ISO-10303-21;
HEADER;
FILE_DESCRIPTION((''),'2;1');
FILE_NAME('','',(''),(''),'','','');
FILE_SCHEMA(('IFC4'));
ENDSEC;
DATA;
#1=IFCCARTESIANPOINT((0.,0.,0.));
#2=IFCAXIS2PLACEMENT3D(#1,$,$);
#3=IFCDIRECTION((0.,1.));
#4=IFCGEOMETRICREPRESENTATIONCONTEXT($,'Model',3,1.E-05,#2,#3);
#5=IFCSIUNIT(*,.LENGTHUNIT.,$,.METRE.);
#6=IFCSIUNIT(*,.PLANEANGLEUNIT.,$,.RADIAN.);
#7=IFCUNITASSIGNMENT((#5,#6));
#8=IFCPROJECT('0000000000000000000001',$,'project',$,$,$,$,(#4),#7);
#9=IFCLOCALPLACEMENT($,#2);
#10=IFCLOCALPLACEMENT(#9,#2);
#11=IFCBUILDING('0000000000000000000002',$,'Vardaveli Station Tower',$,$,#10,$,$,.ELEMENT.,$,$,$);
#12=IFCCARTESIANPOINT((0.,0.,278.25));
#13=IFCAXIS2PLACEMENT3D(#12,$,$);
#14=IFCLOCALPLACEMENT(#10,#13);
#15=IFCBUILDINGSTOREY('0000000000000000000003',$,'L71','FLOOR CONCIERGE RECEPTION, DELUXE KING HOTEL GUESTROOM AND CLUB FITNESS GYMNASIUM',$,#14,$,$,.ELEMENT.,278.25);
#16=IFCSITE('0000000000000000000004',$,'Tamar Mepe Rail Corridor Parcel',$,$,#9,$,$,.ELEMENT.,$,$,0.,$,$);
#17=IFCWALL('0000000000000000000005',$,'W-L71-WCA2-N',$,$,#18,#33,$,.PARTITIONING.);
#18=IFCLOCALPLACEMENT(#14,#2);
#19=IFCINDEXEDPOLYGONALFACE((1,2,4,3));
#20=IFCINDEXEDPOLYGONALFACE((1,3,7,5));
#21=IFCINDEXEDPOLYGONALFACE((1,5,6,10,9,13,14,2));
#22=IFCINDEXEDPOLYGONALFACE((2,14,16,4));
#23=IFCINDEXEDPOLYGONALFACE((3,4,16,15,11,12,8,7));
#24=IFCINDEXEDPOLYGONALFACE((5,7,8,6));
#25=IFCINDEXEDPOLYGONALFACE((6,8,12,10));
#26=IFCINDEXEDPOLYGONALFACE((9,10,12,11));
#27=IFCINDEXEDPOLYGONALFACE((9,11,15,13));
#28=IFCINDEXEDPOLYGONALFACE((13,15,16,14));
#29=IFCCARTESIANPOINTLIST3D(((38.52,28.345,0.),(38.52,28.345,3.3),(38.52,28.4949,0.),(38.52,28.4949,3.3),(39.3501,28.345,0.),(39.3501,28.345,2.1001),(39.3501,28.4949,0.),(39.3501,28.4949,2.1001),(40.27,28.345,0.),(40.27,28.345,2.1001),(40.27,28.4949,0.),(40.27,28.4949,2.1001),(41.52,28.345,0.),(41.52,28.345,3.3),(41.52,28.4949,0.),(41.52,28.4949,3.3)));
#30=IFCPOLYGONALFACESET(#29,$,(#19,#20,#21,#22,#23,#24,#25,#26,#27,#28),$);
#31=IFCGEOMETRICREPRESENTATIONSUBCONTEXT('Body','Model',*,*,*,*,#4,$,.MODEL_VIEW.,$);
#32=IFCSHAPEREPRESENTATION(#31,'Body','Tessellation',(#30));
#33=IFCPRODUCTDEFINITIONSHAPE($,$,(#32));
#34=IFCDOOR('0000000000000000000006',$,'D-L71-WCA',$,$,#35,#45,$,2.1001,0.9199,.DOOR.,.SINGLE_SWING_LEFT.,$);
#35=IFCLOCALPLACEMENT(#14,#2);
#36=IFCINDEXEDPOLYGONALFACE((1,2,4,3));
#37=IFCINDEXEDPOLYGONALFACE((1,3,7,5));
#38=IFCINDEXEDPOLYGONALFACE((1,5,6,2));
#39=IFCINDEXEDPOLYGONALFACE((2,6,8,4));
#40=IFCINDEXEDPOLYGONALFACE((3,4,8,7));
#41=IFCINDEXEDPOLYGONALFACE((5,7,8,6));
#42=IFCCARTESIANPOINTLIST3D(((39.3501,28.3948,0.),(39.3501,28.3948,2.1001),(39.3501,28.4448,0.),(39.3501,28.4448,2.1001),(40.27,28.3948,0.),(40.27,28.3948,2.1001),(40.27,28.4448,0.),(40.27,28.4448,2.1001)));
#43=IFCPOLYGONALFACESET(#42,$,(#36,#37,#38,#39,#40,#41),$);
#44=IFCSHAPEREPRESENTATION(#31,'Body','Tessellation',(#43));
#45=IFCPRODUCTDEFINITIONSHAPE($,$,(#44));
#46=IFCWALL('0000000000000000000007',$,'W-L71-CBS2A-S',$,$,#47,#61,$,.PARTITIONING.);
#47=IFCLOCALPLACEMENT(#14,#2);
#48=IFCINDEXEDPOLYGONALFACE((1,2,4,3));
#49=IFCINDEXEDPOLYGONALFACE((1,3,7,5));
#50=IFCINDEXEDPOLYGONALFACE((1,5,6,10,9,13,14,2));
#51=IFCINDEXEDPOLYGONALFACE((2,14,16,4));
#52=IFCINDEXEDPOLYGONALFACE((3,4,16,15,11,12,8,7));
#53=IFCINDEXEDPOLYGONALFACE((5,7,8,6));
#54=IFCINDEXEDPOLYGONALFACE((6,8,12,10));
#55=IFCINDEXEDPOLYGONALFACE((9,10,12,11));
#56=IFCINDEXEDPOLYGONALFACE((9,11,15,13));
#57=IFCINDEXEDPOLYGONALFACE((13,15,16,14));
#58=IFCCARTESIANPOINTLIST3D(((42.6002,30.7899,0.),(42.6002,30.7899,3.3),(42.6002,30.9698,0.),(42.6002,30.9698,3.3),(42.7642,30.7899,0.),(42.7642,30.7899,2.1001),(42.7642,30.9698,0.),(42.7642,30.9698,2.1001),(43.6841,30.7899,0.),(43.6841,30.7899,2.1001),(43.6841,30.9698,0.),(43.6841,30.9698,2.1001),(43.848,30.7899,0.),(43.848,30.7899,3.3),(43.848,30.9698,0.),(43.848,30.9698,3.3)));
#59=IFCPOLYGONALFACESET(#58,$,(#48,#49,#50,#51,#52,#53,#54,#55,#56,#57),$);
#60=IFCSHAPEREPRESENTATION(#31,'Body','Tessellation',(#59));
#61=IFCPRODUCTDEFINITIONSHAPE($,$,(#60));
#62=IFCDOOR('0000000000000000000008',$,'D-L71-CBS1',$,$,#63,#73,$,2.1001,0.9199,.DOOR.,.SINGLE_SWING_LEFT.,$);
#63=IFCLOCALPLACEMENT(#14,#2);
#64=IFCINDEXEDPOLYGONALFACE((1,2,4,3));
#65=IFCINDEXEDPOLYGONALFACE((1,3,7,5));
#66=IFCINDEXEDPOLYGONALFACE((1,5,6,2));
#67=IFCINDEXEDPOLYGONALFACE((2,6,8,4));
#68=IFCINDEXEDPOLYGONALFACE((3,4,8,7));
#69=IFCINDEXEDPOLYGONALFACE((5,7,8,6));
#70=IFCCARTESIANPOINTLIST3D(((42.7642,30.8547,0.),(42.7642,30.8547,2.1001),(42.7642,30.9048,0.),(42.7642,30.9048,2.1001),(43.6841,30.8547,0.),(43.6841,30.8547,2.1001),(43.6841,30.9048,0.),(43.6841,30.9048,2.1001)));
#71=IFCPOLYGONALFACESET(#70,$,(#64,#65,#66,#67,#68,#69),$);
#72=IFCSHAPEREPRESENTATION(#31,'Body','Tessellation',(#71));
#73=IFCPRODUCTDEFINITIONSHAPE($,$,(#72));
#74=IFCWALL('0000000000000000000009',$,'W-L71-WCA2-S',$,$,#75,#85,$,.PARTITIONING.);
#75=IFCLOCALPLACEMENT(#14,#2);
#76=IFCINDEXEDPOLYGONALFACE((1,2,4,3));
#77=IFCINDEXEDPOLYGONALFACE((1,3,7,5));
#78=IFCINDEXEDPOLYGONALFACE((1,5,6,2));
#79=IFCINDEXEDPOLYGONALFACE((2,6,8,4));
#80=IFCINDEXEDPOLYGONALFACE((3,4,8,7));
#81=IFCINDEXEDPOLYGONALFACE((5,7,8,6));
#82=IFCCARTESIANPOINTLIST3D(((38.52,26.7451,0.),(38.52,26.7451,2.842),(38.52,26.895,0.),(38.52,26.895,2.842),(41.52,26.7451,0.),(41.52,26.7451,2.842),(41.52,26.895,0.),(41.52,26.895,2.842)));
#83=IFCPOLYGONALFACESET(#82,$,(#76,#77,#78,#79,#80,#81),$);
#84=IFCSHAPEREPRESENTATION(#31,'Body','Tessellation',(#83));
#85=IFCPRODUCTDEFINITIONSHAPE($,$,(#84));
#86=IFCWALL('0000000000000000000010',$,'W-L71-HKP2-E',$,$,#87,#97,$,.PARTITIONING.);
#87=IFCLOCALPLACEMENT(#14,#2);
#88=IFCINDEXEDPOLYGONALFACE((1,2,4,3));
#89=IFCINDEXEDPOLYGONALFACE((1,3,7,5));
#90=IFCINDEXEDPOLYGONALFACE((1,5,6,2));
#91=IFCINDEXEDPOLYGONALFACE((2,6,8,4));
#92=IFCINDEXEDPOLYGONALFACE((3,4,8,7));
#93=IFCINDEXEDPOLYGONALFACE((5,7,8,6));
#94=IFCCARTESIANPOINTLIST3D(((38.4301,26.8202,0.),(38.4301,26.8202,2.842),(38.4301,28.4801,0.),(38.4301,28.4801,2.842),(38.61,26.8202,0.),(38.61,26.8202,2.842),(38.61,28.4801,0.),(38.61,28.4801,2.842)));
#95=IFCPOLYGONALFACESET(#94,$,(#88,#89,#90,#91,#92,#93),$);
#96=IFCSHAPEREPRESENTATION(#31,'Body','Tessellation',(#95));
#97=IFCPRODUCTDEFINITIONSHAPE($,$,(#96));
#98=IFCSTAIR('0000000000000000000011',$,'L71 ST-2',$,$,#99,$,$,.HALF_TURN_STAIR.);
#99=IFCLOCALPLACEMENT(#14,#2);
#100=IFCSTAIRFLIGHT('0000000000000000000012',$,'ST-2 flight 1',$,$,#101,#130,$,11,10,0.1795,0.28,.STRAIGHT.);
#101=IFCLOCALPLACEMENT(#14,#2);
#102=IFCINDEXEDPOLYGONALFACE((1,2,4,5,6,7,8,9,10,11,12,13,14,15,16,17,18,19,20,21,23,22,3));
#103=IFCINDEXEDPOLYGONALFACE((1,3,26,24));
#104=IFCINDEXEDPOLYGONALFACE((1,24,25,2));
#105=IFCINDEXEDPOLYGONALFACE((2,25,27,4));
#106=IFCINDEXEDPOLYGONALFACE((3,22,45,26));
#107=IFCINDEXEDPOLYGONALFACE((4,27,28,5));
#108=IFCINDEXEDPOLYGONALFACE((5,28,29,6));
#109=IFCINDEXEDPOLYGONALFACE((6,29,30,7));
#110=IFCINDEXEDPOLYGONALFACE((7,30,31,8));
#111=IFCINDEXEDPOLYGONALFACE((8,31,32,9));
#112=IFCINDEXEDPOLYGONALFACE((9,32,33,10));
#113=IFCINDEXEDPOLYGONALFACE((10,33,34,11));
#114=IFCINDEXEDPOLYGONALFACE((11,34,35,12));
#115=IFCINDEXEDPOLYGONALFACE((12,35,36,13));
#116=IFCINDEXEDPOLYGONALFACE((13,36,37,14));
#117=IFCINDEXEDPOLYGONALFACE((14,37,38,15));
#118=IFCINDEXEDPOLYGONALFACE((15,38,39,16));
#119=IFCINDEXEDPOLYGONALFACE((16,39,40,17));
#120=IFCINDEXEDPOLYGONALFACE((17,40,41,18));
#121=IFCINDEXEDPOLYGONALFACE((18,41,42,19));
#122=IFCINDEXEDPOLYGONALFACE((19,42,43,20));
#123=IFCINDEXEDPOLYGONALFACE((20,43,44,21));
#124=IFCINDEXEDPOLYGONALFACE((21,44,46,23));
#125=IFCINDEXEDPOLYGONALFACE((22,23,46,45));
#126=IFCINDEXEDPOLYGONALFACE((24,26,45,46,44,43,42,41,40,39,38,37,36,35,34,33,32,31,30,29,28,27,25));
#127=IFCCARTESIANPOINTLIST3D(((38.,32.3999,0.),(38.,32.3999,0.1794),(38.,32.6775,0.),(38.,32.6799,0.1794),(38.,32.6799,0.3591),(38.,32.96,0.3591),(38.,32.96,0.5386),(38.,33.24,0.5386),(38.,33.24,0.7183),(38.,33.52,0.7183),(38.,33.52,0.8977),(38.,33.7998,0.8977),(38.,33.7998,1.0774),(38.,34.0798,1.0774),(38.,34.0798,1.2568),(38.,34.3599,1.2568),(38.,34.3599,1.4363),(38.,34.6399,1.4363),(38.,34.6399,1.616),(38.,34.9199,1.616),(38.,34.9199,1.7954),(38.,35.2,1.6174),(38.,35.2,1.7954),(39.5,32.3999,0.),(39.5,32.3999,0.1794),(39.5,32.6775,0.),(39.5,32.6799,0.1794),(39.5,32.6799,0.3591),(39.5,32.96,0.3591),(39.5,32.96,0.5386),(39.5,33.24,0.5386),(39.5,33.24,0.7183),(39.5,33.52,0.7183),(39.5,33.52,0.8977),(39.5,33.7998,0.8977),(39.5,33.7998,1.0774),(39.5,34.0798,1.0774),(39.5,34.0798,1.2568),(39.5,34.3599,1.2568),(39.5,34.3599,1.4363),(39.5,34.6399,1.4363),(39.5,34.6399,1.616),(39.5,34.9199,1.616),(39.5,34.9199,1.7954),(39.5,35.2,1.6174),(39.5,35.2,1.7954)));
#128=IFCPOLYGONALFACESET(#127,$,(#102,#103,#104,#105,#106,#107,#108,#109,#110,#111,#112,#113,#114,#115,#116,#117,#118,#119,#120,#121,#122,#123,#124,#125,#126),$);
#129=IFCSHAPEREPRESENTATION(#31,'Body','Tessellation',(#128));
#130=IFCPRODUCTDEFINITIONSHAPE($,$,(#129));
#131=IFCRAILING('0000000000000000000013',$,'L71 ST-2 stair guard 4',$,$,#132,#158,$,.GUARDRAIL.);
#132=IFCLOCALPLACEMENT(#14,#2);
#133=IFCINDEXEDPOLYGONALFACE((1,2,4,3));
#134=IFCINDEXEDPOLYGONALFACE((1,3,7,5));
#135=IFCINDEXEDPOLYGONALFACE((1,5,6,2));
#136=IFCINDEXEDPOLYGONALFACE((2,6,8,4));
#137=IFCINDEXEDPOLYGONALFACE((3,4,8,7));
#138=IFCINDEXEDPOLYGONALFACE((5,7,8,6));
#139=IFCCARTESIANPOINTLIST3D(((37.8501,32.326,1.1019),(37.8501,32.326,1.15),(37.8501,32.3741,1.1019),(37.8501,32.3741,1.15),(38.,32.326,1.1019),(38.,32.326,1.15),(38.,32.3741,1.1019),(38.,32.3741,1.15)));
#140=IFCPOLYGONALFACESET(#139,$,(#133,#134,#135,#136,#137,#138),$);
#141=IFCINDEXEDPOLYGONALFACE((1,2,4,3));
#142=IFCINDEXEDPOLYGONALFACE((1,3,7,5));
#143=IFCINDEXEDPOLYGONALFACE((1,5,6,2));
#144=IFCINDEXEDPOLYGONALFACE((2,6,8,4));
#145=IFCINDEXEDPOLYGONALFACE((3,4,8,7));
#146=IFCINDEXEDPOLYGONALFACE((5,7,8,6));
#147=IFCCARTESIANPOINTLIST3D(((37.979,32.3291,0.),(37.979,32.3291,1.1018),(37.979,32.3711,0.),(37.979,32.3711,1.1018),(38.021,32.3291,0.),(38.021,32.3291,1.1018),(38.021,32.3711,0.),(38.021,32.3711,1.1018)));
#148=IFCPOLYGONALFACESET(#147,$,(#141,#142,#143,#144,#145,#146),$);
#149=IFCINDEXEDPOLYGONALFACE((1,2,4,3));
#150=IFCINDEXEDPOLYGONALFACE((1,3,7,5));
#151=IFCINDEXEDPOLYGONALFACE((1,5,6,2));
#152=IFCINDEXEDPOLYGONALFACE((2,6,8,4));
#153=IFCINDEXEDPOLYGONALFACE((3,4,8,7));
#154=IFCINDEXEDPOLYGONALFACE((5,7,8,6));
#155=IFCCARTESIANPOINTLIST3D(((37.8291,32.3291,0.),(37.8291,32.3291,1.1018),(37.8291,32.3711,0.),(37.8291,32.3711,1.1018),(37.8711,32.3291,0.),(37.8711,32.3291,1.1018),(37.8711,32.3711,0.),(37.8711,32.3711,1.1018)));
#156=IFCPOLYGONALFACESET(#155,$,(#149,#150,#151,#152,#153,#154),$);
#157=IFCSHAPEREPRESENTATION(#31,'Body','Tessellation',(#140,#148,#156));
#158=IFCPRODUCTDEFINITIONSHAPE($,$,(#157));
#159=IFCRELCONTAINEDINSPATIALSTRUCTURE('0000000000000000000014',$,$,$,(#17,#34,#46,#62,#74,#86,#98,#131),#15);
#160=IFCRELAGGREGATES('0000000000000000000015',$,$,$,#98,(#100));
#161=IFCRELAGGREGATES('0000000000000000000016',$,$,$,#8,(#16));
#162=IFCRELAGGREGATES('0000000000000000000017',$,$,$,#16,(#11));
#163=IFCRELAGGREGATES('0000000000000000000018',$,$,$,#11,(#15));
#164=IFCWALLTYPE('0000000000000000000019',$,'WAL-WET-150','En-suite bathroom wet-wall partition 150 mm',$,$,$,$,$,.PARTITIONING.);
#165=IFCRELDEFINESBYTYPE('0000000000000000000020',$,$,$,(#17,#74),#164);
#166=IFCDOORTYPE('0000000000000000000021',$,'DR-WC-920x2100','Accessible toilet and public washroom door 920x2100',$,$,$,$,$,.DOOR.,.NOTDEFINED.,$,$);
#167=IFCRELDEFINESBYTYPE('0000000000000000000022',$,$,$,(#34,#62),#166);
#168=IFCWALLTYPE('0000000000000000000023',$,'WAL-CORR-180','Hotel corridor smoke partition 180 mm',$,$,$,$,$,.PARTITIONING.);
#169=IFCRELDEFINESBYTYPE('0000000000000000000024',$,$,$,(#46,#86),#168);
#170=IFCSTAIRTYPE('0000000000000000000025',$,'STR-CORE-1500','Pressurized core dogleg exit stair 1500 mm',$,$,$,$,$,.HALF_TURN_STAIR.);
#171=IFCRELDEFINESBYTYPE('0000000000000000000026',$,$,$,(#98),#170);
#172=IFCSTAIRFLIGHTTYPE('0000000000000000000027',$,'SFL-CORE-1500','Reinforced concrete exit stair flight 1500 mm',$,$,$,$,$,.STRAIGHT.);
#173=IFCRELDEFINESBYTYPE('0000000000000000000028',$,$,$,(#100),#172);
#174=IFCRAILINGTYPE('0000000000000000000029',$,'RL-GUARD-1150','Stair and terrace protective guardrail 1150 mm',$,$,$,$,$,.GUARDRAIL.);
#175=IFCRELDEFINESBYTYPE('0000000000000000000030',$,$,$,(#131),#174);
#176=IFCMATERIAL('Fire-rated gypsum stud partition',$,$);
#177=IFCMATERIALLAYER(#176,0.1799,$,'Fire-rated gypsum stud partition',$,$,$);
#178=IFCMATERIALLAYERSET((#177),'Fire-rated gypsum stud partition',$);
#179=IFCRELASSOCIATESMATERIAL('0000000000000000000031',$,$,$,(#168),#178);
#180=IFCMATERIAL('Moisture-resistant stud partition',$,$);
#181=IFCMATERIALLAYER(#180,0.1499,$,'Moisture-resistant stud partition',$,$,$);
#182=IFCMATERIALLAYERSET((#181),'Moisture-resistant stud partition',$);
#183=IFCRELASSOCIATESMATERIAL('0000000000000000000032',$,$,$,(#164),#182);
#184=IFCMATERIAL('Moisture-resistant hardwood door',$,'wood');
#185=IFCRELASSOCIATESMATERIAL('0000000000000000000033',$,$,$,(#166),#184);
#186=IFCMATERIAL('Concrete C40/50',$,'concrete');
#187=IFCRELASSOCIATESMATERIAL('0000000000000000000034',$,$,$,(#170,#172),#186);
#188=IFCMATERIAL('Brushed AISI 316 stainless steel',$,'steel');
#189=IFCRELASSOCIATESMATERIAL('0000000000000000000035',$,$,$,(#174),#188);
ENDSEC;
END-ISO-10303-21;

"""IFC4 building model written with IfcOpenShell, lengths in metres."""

from ifc_helpers import new_model, si_unit, direction, frame, frame_2d, origin, origin_2d, place, context, subcontext, project, spatial, polyline, rectangle, outline, extrude, source, transform, mapped, material, layer, layer_set, type_object, element, fill, aggregate, save


model = new_model("IFC4")

# Units and contexts
model_context = context("Model", 3, precision=1e-05, world=origin(), true_north=direction((0.0, 1.0)))
body_context = subcontext(model_context, "Body", "Model", "MODEL_VIEW")
ifc_project = project(units=[si_unit("LENGTHUNIT", "METRE"), si_unit("PLANEANGLEUNIT", "RADIAN")], contexts=[model_context])

# Site, building, storey
site_placement = place(None, origin())
site = spatial("IfcSite", under=ifc_project, at=site_placement, Name="Tamar Mepe Rail Corridor Parcel", CompositionType="ELEMENT", RefElevation=0.0)
building_placement = place(site_placement, origin())
building = spatial("IfcBuilding", under=site, at=building_placement, Name="Vardaveli Station Tower", CompositionType="ELEMENT")
storey_placement = place(building_placement, frame((0.0, 0.0, 278.25)))
storey = spatial("IfcBuildingStorey", under=building, at=storey_placement, Name="L71", Description="FLOOR CONCIERGE RECEPTION, DELUXE KING HOTEL GUESTROOM AND CLUB FITNESS GYMNASIUM", CompositionType="ELEMENT", Elevation=278.25)

# Shared definitions
ifc_material_1 = material(Name="Concrete C40/50", Category="concrete")

# Shared definitions
ifc_material_2 = material(Name="Fire-rated gypsum stud partition")
ifc_layer_1 = layer(ifc_material_2, 0.1799, Name="Fire-rated gypsum stud partition")
ifc_layer_set_1 = layer_set([ifc_layer_1], Name="Fire-rated gypsum stud partition")
wall_type_1 = type_object("IfcWallType", Name="WAL-CORR-180", Description="Hotel corridor smoke partition 180 mm", PredefinedType="PARTITIONING", material=ifc_layer_set_1)

# Walls, openings, doors
ifc_material_3 = material(Name="Moisture-resistant stud partition")
ifc_layer_2 = layer(ifc_material_3, 0.1499, Name="Moisture-resistant stud partition")
ifc_layer_set_2 = layer_set([ifc_layer_2], Name="Moisture-resistant stud partition")
wall_type_2 = type_object("IfcWallType", Name="WAL-WET-150", Description="En-suite bathroom wet-wall partition 150 mm", PredefinedType="PARTITIONING", material=ifc_layer_set_2)
shared_shape_1 = source(origin(), body_context, "Body", "SweptSolid", [
    extrude(rectangle(XDim=3.0, YDim=0.1499, at=frame_2d((1.5, 0.0))), origin(), (0.0, 0.0, 1.0), 3.3),
])
wall_1_placement = place(storey_placement, frame((38.52, 28.4199, 0.0), z_axis=(0.0, 0.0, 1.0), x_axis=(1.0, 0.0, 0.0)))
wall_1 = element("IfcWall", 1, at=wall_1_placement, inside=storey, type_object=wall_type_2, Name="W-L71-WCA2-N", PredefinedType="PARTITIONING", context=body_context, shape_type="MappedRepresentation", body=[
    mapped(shared_shape_1, transform((0.0, 0.0, 0.0), scale=1.0)),
])
shared_shape_2 = source(origin(), body_context, "Body", "SweptSolid", [
    extrude(rectangle(XDim=0.9199, YDim=2.1001, at=frame_2d((0.46, 1.05))), frame((0.0, 0.085, 0.0), z_axis=(0.0, -1.0, 0.0), x_axis=(1.0, 0.0, 0.0)), (0.0, 0.0, 1.0), 0.1699),
])
opening_1_placement = place(wall_1_placement, frame((0.8301, 0.0, 0.0)))
opening_1 = element("IfcOpeningElement", 2, at=opening_1_placement, cuts=wall_1, PredefinedType="OPENING", context=body_context, shape_type="MappedRepresentation", body=[
    mapped(shared_shape_2, transform((0.0, 0.0, 0.0), scale=1.0)),
])
ifc_material_4 = material(Name="Moisture-resistant hardwood door", Category="wood")
door_type_1 = type_object("IfcDoorType", Name="DR-WC-920x2100", Description="Accessible toilet and public washroom door 920x2100", OperationType="NOTDEFINED", PredefinedType="DOOR", material=ifc_material_4)
shared_shape_3 = source(origin(), body_context, "Body", "SweptSolid", [
    extrude(rectangle(XDim=0.9199, YDim=2.1001, at=frame_2d((0.46, 1.05))), frame((0.0, 0.0249, 0.0), z_axis=(0.0, -1.0, 0.0), x_axis=(1.0, 0.0, 0.0)), (0.0, 0.0, 1.0), 0.05),
])
door_1_placement = place(opening_1_placement, origin())
door_1 = element("IfcDoor", 3, at=door_1_placement, inside=storey, type_object=door_type_1, Name="D-L71-WCA", OperationType="SINGLE_SWING_LEFT", OverallHeight=2.1001, OverallWidth=0.9199, PredefinedType="DOOR", context=body_context, shape_type="MappedRepresentation", body=[
    mapped(shared_shape_3, transform((0.0, 0.0, 0.0), scale=1.0)),
])
fill(opening_1, door_1)
shared_shape_4 = source(origin(), body_context, "Body", "SweptSolid", [
    extrude(rectangle(XDim=1.2478, YDim=0.1799, at=frame_2d((0.624, 0.0))), origin(), (0.0, 0.0, 1.0), 3.3),
])
wall_2_placement = place(storey_placement, frame((42.6001, 30.8799, 0.0), z_axis=(0.0, 0.0, 1.0), x_axis=(1.0, 0.0, 0.0)))
wall_2 = element("IfcWall", 4, at=wall_2_placement, inside=storey, type_object=wall_type_1, Name="W-L71-CBS2A-S", PredefinedType="PARTITIONING", context=body_context, shape_type="MappedRepresentation", body=[
    mapped(shared_shape_4, transform((0.0, 0.0, 0.0), scale=1.0)),
])
shared_shape_5 = source(origin(), body_context, "Body", "SweptSolid", [
    extrude(rectangle(XDim=0.9199, YDim=2.1001, at=frame_2d((0.46, 1.05))), frame((0.0, 0.1001, 0.0), z_axis=(0.0, -1.0, 0.0), x_axis=(1.0, 0.0, 0.0)), (0.0, 0.0, 1.0), 0.2),
])
opening_2_placement = place(wall_2_placement, frame((0.1641, 0.0, 0.0)))
opening_2 = element("IfcOpeningElement", 5, at=opening_2_placement, cuts=wall_2, PredefinedType="OPENING", context=body_context, shape_type="MappedRepresentation", body=[
    mapped(shared_shape_5, transform((0.0, 0.0, 0.0), scale=1.0)),
])
door_2_placement = place(opening_2_placement, origin())
door_2 = element("IfcDoor", 6, at=door_2_placement, inside=storey, type_object=door_type_1, Name="D-L71-CBS1", OperationType="SINGLE_SWING_LEFT", OverallHeight=2.1001, OverallWidth=0.9199, PredefinedType="DOOR", context=body_context, shape_type="MappedRepresentation", body=[
    mapped(shared_shape_3, transform((0.0, 0.0, 0.0), scale=1.0)),
])
fill(opening_2, door_2)

# Walls
shared_shape_6 = source(origin(), body_context, "Body", "SweptSolid", [
    extrude(rectangle(XDim=3.0, YDim=0.1499, at=frame_2d((1.5, 0.0))), origin(), (0.0, 0.0, 1.0), 2.842),
])
wall_3_placement = place(storey_placement, frame((38.52, 26.8201, 0.0), z_axis=(0.0, 0.0, 1.0), x_axis=(1.0, 0.0, 0.0)))
element("IfcWall", 7, at=wall_3_placement, inside=storey, type_object=wall_type_2, Name="W-L71-WCA2-S", PredefinedType="PARTITIONING", context=body_context, shape_type="MappedRepresentation", body=[
    mapped(shared_shape_6, transform((0.0, 0.0, 0.0), scale=1.0)),
])
shared_shape_7 = source(origin(), body_context, "Body", "SweptSolid", [
    extrude(rectangle(XDim=1.6599, YDim=0.1799, at=frame_2d((0.8301, 0.0))), origin(), (0.0, 0.0, 1.0), 2.842),
])
wall_4_placement = place(storey_placement, frame((38.52, 26.8201, 0.0), z_axis=(0.0, 0.0, 1.0), x_axis=(0.0, 1.0, 0.0)))
element("IfcWall", 8, at=wall_4_placement, inside=storey, type_object=wall_type_1, Name="W-L71-HKP2-E", PredefinedType="PARTITIONING", context=body_context, shape_type="MappedRepresentation", body=[
    mapped(shared_shape_7, transform((0.0, 0.0, 0.0), scale=1.0)),
])

# Stair, stair flight
stair_type = type_object("IfcStairType", Name="STR-CORE-1500", Description="Pressurized core dogleg exit stair 1500 mm", PredefinedType="HALF_TURN_STAIR", material=ifc_material_1)
stair_placement = place(storey_placement, origin())
stair = element("IfcStair", 9, at=stair_placement, inside=storey, type_object=stair_type, Name="L71 ST-2", PredefinedType="HALF_TURN_STAIR")
stair_flight_type = type_object("IfcStairFlightType", Name="SFL-CORE-1500", Description="Reinforced concrete exit stair flight 1500 mm", PredefinedType="STRAIGHT", material=ifc_material_1)
shared_shape_8 = source(origin(), body_context, "Body", "SweptSolid", [
    extrude(outline(polyline([(0.0, 0.0), (0.0, 0.1794), (0.28, 0.1794), (0.28, 0.3591), (0.5601, 0.3591), (0.5601, 0.5386), (0.8401, 0.5386), (0.8401, 0.7183), (1.1201, 0.7183), (1.1201, 0.8977), (1.3999, 0.8977), (1.3999, 1.0774), (1.6799, 1.0774), (1.6799, 1.2568), (1.96, 1.2568), (1.96, 1.4363), (2.24, 1.4363), (2.24, 1.616), (2.52, 1.616), (2.52, 1.7954), (2.8, 1.7954), (2.8, 1.9751), (2.8, 1.6174), (0.2776, 0.0), (0.0, 0.0)])), frame((0.0, 0.75, 0.0), z_axis=(0.0, -1.0, 0.0), x_axis=(1.0, 0.0, 0.0)), (0.0, 0.0, 1.0), 1.5),
])
stair_flight_placement = place(storey_placement, frame((38.75, 32.3999, 0.0), z_axis=(0.0, 0.0, 1.0), x_axis=(0.0, 1.0, 0.0)))
stair_flight = element("IfcStairFlight", 10, at=stair_flight_placement, type_object=stair_flight_type, Name="ST-2 flight 1", NumberOfRisers=11, NumberOfTreads=10, PredefinedType="STRAIGHT", RiserHeight=0.1795, TreadLength=0.28, context=body_context, shape_type="MappedRepresentation", body=[
    mapped(shared_shape_8, transform((0.0, 0.0, 0.0), scale=1.0)),
])
aggregate(stair, [stair_flight])

# Railing
ifc_material_5 = material(Name="Brushed AISI 316 stainless steel", Category="steel")
railing_type_1 = type_object("IfcRailingType", Name="RL-GUARD-1150", Description="Stair and terrace protective guardrail 1150 mm", PredefinedType="GUARDRAIL", material=ifc_material_5)
shared_shape_9 = source(origin(), body_context, "Body", "SweptSolid", [
    extrude(rectangle(XDim=0.0481, YDim=0.0481, at=origin_2d()), frame((0.0, 0.0, 1.126), z_axis=(-1.0, 0.0, 0.0), x_axis=(0.0, -1.0, 0.0)), (0.0, 0.0, 1.0), 0.1499),
    extrude(rectangle(XDim=0.042, YDim=0.042, at=origin_2d()), origin(), (0.0, 0.0, 1.0), 1.1018),
    extrude(rectangle(XDim=0.042, YDim=0.042, at=origin_2d()), frame((-0.1499, 0.0, 0.0)), (0.0, 0.0, 1.0), 1.1018),
])
railing_1_placement = place(storey_placement, frame((38.0, 32.3501, 0.0)))
element("IfcRailing", 11, at=railing_1_placement, inside=storey, type_object=railing_type_1, Name="L71 ST-2 stair guard 4", PredefinedType="GUARDRAIL", context=body_context, shape_type="MappedRepresentation", body=[
    mapped(shared_shape_9, transform((0.0, 0.0, 0.0), scale=1.0)),
])

save(model, "model.ifc")
